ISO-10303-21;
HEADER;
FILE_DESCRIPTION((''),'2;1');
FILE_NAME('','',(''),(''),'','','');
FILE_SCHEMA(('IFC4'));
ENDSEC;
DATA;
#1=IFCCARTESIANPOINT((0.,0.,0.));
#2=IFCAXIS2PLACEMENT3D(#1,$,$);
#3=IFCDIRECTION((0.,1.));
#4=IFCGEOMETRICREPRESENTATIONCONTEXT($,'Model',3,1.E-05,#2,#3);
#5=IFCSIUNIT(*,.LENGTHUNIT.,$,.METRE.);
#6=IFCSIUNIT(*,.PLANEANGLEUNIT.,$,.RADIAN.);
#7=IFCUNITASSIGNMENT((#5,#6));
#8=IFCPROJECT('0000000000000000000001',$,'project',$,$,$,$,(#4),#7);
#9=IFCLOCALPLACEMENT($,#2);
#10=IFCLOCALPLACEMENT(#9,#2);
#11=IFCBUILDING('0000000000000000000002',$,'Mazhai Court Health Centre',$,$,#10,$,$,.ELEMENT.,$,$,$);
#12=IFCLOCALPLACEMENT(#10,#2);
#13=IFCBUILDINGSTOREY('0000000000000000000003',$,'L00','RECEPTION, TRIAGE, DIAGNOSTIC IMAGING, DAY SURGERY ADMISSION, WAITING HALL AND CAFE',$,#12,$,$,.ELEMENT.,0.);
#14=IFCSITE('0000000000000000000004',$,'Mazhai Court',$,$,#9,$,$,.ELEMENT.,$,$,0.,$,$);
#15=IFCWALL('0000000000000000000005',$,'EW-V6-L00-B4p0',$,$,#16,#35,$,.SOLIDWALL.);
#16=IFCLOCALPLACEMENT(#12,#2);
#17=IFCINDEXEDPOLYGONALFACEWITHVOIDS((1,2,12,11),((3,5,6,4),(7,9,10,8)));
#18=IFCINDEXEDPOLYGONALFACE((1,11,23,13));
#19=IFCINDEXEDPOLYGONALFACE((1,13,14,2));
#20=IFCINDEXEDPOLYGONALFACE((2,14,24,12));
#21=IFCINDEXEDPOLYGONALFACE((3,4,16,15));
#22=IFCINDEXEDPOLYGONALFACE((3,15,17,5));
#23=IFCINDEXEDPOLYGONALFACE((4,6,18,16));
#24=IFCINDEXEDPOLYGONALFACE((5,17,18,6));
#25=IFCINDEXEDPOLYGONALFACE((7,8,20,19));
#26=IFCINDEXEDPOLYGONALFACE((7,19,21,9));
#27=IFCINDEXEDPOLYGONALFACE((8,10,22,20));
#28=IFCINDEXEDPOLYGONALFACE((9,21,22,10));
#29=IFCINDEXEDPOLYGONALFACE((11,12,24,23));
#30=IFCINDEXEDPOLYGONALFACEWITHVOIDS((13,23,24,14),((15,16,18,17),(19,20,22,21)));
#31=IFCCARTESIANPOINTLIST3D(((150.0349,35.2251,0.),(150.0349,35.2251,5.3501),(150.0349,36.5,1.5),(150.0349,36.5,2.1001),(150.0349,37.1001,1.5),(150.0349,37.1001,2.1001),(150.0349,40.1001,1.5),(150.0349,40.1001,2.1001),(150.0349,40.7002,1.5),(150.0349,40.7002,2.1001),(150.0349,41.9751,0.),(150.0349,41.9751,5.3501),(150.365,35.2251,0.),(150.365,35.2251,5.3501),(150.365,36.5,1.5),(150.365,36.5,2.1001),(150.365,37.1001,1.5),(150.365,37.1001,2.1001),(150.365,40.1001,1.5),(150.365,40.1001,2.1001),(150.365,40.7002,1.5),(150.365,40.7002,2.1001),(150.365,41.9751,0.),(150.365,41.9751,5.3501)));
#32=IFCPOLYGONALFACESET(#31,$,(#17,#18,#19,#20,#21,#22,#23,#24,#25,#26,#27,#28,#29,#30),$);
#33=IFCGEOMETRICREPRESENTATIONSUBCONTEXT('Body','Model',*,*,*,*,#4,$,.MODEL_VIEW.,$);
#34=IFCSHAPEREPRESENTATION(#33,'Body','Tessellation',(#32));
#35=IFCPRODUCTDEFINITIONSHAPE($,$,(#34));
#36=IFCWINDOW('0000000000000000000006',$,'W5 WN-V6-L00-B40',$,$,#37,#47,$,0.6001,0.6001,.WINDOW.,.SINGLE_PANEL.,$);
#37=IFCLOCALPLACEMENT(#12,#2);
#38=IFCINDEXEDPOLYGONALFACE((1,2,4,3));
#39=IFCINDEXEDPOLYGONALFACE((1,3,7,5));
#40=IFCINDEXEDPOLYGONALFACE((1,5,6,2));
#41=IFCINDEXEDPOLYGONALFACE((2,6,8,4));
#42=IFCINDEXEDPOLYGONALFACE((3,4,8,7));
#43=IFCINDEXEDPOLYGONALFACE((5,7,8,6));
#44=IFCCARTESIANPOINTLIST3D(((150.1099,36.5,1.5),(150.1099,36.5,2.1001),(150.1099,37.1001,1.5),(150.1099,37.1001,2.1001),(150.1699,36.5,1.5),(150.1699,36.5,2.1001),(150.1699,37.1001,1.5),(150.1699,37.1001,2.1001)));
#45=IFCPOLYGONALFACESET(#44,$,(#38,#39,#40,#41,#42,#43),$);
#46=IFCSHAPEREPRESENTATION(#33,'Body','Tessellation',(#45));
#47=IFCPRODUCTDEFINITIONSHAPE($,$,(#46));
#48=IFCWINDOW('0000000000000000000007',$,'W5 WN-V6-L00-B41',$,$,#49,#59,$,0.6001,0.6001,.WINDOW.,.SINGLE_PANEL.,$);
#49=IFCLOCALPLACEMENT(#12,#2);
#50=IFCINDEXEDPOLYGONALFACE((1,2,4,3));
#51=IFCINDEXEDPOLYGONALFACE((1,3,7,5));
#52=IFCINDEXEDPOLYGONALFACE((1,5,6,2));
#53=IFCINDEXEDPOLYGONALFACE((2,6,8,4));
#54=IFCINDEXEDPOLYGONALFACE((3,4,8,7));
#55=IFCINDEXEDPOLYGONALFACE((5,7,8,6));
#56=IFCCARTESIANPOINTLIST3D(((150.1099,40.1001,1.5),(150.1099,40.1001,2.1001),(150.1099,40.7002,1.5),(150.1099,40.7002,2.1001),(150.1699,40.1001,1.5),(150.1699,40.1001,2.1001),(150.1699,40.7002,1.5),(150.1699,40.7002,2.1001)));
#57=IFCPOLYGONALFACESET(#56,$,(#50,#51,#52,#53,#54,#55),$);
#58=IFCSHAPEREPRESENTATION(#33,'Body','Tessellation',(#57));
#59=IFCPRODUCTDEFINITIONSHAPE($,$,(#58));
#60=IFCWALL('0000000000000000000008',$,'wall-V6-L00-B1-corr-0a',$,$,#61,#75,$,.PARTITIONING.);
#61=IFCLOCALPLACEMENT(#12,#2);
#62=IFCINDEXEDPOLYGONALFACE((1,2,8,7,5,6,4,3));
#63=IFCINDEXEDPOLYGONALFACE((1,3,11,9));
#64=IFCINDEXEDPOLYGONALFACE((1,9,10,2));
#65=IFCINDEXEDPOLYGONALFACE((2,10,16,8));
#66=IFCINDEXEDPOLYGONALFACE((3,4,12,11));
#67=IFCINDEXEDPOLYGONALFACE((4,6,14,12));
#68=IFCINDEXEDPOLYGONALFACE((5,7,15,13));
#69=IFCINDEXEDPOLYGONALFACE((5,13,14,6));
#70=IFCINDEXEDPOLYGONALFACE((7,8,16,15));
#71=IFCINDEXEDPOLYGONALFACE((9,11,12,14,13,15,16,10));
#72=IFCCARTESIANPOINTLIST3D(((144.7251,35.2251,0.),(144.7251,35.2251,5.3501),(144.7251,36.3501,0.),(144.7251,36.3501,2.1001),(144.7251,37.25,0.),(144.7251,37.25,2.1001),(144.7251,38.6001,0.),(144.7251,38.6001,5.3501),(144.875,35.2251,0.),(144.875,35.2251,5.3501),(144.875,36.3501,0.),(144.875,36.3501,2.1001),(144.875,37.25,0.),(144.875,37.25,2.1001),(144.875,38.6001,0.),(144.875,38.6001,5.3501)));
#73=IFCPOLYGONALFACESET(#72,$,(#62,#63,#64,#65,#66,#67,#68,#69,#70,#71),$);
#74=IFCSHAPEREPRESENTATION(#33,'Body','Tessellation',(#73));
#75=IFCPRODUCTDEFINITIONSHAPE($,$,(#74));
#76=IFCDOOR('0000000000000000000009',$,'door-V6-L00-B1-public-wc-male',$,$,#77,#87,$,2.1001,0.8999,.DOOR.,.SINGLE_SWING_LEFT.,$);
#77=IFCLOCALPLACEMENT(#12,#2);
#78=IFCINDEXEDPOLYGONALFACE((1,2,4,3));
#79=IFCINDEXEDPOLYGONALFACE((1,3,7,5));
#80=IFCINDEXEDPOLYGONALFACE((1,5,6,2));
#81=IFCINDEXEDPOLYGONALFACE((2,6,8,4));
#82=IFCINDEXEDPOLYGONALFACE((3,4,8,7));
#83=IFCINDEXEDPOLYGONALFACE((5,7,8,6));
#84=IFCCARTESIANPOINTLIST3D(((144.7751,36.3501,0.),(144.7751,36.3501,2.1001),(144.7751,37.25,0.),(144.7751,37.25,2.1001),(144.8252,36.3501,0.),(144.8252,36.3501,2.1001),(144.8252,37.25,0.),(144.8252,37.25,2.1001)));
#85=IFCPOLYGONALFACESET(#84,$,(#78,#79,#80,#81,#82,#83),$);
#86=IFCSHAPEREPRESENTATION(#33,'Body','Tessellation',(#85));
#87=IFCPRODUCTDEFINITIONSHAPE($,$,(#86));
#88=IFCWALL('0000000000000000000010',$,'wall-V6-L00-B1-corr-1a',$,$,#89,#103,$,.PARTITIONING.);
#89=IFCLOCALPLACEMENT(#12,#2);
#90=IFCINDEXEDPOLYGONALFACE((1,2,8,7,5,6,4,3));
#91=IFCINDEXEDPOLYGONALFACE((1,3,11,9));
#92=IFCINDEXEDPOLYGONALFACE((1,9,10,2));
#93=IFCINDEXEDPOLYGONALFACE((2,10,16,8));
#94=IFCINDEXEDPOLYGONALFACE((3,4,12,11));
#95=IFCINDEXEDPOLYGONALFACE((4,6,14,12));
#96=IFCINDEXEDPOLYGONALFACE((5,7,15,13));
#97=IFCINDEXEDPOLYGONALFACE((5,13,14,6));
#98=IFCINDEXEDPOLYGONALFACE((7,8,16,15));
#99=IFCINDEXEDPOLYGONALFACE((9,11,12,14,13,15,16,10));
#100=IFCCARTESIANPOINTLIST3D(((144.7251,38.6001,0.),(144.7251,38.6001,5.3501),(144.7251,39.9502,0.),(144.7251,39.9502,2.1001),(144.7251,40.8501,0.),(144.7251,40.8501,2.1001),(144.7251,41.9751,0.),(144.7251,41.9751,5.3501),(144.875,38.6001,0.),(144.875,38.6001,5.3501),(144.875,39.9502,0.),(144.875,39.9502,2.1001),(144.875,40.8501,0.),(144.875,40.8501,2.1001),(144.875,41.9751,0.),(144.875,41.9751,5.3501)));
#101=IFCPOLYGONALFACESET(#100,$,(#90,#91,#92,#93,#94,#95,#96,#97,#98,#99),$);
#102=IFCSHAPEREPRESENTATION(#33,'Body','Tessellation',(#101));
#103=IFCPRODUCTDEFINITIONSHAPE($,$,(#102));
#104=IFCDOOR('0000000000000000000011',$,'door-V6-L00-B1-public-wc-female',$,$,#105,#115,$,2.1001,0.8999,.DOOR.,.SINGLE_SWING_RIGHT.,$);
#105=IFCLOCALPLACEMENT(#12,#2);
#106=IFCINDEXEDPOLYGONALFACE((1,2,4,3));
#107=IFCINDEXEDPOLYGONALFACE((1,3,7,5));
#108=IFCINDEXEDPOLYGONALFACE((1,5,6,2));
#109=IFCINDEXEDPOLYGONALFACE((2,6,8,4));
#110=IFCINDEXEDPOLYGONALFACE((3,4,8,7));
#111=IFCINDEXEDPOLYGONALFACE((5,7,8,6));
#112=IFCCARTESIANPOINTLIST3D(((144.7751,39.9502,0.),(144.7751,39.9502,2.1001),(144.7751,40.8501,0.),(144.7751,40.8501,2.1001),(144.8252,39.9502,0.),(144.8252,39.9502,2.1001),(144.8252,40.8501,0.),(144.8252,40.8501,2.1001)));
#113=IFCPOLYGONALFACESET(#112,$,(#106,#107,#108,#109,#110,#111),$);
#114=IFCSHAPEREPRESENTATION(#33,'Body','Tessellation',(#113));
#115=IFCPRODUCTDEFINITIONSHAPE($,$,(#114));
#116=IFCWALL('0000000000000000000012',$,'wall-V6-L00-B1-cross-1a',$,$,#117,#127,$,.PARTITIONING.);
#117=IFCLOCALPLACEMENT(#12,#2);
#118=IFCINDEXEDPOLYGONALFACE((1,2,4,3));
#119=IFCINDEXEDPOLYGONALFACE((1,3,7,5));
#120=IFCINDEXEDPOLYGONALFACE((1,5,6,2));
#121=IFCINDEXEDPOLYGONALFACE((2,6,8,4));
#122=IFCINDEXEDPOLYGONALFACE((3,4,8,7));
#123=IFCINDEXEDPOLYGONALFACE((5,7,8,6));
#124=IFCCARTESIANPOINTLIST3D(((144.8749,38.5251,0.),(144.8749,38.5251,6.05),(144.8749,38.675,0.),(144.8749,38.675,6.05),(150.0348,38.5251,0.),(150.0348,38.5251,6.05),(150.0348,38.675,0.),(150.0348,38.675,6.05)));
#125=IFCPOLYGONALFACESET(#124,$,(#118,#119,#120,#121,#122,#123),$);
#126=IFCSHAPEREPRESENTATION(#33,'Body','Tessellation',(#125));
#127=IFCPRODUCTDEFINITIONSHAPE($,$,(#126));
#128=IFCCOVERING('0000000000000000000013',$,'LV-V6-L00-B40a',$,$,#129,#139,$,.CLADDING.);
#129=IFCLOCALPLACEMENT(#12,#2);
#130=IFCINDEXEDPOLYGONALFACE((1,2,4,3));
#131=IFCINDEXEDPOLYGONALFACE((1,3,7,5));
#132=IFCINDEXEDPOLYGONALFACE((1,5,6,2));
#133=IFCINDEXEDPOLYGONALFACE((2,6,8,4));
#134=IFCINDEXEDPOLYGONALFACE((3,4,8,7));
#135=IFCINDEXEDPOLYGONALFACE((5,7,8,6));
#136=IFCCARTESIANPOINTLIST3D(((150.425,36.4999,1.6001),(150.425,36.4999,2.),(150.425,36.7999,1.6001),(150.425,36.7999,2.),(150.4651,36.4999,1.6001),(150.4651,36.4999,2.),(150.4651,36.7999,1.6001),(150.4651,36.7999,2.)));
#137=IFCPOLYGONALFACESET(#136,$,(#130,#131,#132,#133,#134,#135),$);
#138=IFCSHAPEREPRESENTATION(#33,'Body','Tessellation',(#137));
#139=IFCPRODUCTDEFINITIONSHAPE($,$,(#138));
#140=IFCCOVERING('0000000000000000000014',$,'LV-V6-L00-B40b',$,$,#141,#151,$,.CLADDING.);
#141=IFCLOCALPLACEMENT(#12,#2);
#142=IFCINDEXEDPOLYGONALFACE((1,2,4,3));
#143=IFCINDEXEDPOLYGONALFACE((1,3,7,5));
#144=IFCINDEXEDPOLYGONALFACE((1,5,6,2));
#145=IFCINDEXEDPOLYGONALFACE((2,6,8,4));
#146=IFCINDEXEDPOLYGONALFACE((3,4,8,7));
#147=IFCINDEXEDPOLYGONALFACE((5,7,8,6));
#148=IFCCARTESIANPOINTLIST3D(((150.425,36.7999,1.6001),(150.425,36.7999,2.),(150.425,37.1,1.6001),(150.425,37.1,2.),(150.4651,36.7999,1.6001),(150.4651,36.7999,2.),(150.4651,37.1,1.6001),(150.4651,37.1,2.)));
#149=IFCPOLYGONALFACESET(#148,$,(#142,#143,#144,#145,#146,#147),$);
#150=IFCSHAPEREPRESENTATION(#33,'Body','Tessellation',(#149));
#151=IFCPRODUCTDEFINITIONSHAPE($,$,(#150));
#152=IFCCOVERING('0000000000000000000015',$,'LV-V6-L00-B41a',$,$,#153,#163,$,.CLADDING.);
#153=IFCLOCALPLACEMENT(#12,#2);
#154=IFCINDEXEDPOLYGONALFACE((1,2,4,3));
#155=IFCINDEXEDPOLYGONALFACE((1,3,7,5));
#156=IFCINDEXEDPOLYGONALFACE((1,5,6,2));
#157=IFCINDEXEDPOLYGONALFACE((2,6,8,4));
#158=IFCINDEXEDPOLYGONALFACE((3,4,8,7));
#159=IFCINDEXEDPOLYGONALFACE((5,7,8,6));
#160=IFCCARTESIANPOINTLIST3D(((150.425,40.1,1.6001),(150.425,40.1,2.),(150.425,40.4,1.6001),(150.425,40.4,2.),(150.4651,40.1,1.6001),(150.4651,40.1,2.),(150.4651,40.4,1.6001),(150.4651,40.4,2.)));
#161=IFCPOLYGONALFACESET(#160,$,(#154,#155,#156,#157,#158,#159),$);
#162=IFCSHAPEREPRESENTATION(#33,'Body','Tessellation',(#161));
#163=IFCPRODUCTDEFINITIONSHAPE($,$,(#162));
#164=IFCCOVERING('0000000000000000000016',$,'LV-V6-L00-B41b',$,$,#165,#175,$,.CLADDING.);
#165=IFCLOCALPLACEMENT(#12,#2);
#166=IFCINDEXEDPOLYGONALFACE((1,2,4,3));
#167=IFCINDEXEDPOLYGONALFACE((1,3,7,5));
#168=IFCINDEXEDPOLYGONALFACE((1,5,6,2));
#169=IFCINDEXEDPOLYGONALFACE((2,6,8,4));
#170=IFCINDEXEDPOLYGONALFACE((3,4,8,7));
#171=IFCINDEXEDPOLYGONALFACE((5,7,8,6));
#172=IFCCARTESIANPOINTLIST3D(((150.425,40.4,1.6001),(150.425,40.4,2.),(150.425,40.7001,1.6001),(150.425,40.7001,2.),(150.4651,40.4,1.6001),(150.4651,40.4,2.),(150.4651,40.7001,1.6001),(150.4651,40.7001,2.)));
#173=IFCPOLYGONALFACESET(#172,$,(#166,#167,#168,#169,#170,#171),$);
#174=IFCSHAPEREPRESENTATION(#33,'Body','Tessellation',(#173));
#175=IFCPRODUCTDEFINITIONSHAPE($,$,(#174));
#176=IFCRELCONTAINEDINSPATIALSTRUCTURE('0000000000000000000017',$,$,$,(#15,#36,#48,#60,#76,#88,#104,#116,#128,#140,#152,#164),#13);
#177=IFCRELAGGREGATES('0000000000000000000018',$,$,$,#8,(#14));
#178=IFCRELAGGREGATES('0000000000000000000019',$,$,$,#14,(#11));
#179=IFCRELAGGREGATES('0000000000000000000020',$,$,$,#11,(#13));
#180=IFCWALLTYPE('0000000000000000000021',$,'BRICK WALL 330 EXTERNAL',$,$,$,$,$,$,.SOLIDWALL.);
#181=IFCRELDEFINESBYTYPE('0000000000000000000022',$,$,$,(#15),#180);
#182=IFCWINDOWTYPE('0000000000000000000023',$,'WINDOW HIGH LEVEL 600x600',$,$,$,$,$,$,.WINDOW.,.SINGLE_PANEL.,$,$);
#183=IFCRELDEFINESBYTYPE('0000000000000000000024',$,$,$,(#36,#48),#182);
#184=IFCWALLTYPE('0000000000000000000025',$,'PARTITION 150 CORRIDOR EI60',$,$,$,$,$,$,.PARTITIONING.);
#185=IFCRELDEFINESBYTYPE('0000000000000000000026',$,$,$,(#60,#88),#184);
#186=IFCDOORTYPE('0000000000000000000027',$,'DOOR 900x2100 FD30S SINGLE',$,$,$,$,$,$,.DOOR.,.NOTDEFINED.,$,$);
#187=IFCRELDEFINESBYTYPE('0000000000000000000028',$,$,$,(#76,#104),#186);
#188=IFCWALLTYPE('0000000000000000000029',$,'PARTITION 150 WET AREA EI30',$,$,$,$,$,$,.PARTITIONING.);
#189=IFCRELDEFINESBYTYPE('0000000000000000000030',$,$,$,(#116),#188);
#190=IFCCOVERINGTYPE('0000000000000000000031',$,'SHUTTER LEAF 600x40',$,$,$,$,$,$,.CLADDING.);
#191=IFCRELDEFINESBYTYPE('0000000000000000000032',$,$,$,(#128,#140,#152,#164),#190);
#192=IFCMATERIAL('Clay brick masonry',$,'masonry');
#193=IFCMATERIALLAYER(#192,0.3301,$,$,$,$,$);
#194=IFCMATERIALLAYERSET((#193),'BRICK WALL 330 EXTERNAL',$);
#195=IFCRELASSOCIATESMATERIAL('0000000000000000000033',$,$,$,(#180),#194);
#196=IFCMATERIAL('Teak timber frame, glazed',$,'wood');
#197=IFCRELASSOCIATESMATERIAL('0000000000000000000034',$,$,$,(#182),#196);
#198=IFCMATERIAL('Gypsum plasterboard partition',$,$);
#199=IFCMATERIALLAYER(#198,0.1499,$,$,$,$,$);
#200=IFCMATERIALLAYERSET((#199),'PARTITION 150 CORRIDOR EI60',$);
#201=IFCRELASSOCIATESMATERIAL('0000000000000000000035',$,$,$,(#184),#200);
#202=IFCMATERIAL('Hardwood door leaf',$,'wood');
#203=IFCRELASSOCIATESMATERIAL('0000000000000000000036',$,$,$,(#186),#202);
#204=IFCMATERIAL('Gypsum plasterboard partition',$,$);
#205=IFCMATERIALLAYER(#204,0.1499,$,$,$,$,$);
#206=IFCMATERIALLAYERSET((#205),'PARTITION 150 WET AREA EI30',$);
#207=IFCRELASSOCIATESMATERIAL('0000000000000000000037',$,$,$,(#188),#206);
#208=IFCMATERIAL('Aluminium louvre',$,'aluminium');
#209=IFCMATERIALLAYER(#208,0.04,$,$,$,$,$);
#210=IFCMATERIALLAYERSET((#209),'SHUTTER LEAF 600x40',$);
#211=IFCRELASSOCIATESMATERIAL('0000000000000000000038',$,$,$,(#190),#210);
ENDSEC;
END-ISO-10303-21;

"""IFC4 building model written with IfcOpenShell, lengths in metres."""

from ifc_helpers import new_model, si_unit, direction, frame, frame_2d, origin, origin_2d, place, context, subcontext, project, spatial, rectangle, extrude, material, layer, layer_set, type_object, element, fill, save


model = new_model("IFC4")

# Units and contexts
model_context = context("Model", 3, precision=1e-05, world=origin(), true_north=direction((0.0, 1.0)))
body_context = subcontext(model_context, "Body", "Model", "MODEL_VIEW")
ifc_project = project(units=[si_unit("LENGTHUNIT", "METRE"), si_unit("PLANEANGLEUNIT", "RADIAN")], contexts=[model_context])

# Site, building, storey
site_placement = place(None, origin())
site = spatial("IfcSite", under=ifc_project, at=site_placement, Name="Mazhai Court", CompositionType="ELEMENT", RefElevation=0.0)
building_placement = place(site_placement, origin())
building = spatial("IfcBuilding", under=site, at=building_placement, Name="Mazhai Court Health Centre", CompositionType="ELEMENT")
storey_placement = place(building_placement, origin())
storey = spatial("IfcBuildingStorey", under=building, at=storey_placement, Name="L00", Description="RECEPTION, TRIAGE, DIAGNOSTIC IMAGING, DAY SURGERY ADMISSION, WAITING HALL AND CAFE", CompositionType="ELEMENT", Elevation=0.0)

# Wall, openings, windows
ifc_material_1 = material(Name="Clay brick masonry", Category="masonry")
ifc_layer_1 = layer(ifc_material_1, 0.3301)
ifc_layer_set_1 = layer_set([ifc_layer_1], Name="BRICK WALL 330 EXTERNAL")
wall_type_1 = type_object("IfcWallType", Name="BRICK WALL 330 EXTERNAL", PredefinedType="SOLIDWALL", material=ifc_layer_set_1)
wall_1_placement = place(storey_placement, frame((150.2, 41.9751, 0.0), z_axis=(0.0, 0.0, 1.0), x_axis=(0.0, -1.0, 0.0)))
wall_1 = element("IfcWall", 1, at=wall_1_placement, inside=storey, type_object=wall_type_1, Name="EW-V6-L00-B4p0", PredefinedType="SOLIDWALL", context=body_context, shape_type="SweptSolid", body=[
    extrude(rectangle(XDim=6.75, YDim=0.3301, at=frame_2d((3.375, 0.0))), origin(), (0.0, 0.0, 1.0), 5.3501),
])
opening_1_placement = place(wall_1_placement, frame((4.875, 0.0, 1.5)))
opening_1 = element("IfcOpeningElement", 2, at=opening_1_placement, cuts=wall_1, PredefinedType="OPENING", context=body_context, shape_type="SweptSolid", body=[
    extrude(rectangle(XDim=0.6001, YDim=0.6001, at=frame_2d((0.3, 0.3))), frame((0.0, 0.175, 0.0), z_axis=(0.0, -1.0, 0.0), x_axis=(1.0, 0.0, 0.0)), (0.0, 0.0, 1.0), 0.3501),
])
opening_2_placement = place(wall_1_placement, frame((1.2749, 0.0, 1.5)))
opening_2 = element("IfcOpeningElement", 3, at=opening_2_placement, cuts=wall_1, PredefinedType="OPENING", context=body_context, shape_type="SweptSolid", body=[
    extrude(rectangle(XDim=0.6001, YDim=0.6001, at=frame_2d((0.3, 0.3))), frame((0.0, 0.175, 0.0), z_axis=(0.0, -1.0, 0.0), x_axis=(1.0, 0.0, 0.0)), (0.0, 0.0, 1.0), 0.3501),
])
ifc_material_2 = material(Name="Teak timber frame, glazed", Category="wood")
window_type = type_object("IfcWindowType", Name="WINDOW HIGH LEVEL 600x600", PartitioningType="SINGLE_PANEL", PredefinedType="WINDOW", material=ifc_material_2)
window_1_placement = place(opening_1_placement, origin())
window_1 = element("IfcWindow", 4, at=window_1_placement, inside=storey, type_object=window_type, Name="W5 WN-V6-L00-B40", OverallHeight=0.6001, OverallWidth=0.6001, PartitioningType="SINGLE_PANEL", PredefinedType="WINDOW", context=body_context, shape_type="SweptSolid", body=[
    extrude(rectangle(XDim=0.6001, YDim=0.6001, at=frame_2d((0.3, 0.3))), frame((0.0, -0.03, 0.0), z_axis=(0.0, -1.0, 0.0), x_axis=(1.0, 0.0, 0.0)), (0.0, 0.0, 1.0), 0.0601),
])
fill(opening_1, window_1)
window_2_placement = place(opening_2_placement, origin())
window_2 = element("IfcWindow", 5, at=window_2_placement, inside=storey, type_object=window_type, Name="W5 WN-V6-L00-B41", OverallHeight=0.6001, OverallWidth=0.6001, PartitioningType="SINGLE_PANEL", PredefinedType="WINDOW", context=body_context, shape_type="SweptSolid", body=[
    extrude(rectangle(XDim=0.6001, YDim=0.6001, at=frame_2d((0.3, 0.3))), frame((0.0, -0.03, 0.0), z_axis=(0.0, -1.0, 0.0), x_axis=(1.0, 0.0, 0.0)), (0.0, 0.0, 1.0), 0.0601),
])
fill(opening_2, window_2)

# Walls, openings, doors
ifc_material_3 = material(Name="Gypsum plasterboard partition")
ifc_layer_2 = layer(ifc_material_3, 0.1499)
ifc_layer_set_2 = layer_set([ifc_layer_2], Name="PARTITION 150 CORRIDOR EI60")
wall_type_2 = type_object("IfcWallType", Name="PARTITION 150 CORRIDOR EI60", PredefinedType="PARTITIONING", material=ifc_layer_set_2)
wall_2_placement = place(storey_placement, frame((144.8, 35.2251, 0.0), z_axis=(0.0, 0.0, 1.0), x_axis=(0.0, 1.0, 0.0)))
wall_2 = element("IfcWall", 6, at=wall_2_placement, inside=storey, type_object=wall_type_2, Name="wall-V6-L00-B1-corr-0a", PredefinedType="PARTITIONING", context=body_context, shape_type="SweptSolid", body=[
    extrude(rectangle(XDim=3.375, YDim=0.1499, at=frame_2d((1.6875, 0.0))), origin(), (0.0, 0.0, 1.0), 5.3501),
])
opening_3_placement = place(wall_2_placement, frame((1.125, 0.0, 0.0)))
opening_3 = element("IfcOpeningElement", 7, at=opening_3_placement, cuts=wall_2, PredefinedType="OPENING", context=body_context, shape_type="SweptSolid", body=[
    extrude(rectangle(XDim=0.8999, YDim=2.1001, at=frame_2d((0.45, 1.05))), frame((0.0, 0.085, 0.0), z_axis=(0.0, -1.0, 0.0), x_axis=(1.0, 0.0, 0.0)), (0.0, 0.0, 1.0), 0.1699),
])
ifc_material_4 = material(Name="Hardwood door leaf", Category="wood")
door_type = type_object("IfcDoorType", Name="DOOR 900x2100 FD30S SINGLE", OperationType="NOTDEFINED", PredefinedType="DOOR", material=ifc_material_4)
door_1_placement = place(opening_3_placement, origin())
door_1 = element("IfcDoor", 8, at=door_1_placement, inside=storey, type_object=door_type, Name="door-V6-L00-B1-public-wc-male", OperationType="SINGLE_SWING_LEFT", OverallHeight=2.1001, OverallWidth=0.8999, PredefinedType="DOOR", context=body_context, shape_type="SweptSolid", body=[
    extrude(rectangle(XDim=0.8999, YDim=2.1001, at=frame_2d((0.45, 1.05))), frame((0.0, 0.0249, 0.0), z_axis=(0.0, -1.0, 0.0), x_axis=(1.0, 0.0, 0.0)), (0.0, 0.0, 1.0), 0.05),
])
fill(opening_3, door_1)
wall_3_placement = place(storey_placement, frame((144.8, 38.6001, 0.0), z_axis=(0.0, 0.0, 1.0), x_axis=(0.0, 1.0, 0.0)))
wall_3 = element("IfcWall", 9, at=wall_3_placement, inside=storey, type_object=wall_type_2, Name="wall-V6-L00-B1-corr-1a", PredefinedType="PARTITIONING", context=body_context, shape_type="SweptSolid", body=[
    extrude(rectangle(XDim=3.375, YDim=0.1499, at=frame_2d((1.6875, 0.0))), origin(), (0.0, 0.0, 1.0), 5.3501),
])
opening_4_placement = place(wall_3_placement, frame((1.3501, 0.0, 0.0)))
opening_4 = element("IfcOpeningElement", 10, at=opening_4_placement, cuts=wall_3, PredefinedType="OPENING", context=body_context, shape_type="SweptSolid", body=[
    extrude(rectangle(XDim=0.8999, YDim=2.1001, at=frame_2d((0.45, 1.05))), frame((0.0, 0.085, 0.0), z_axis=(0.0, -1.0, 0.0), x_axis=(1.0, 0.0, 0.0)), (0.0, 0.0, 1.0), 0.1699),
])
door_2_placement = place(opening_4_placement, origin())
door_2 = element("IfcDoor", 11, at=door_2_placement, inside=storey, type_object=door_type, Name="door-V6-L00-B1-public-wc-female", OperationType="SINGLE_SWING_RIGHT", OverallHeight=2.1001, OverallWidth=0.8999, PredefinedType="DOOR", context=body_context, shape_type="SweptSolid", body=[
    extrude(rectangle(XDim=0.8999, YDim=2.1001, at=frame_2d((0.45, 1.05))), frame((0.0, 0.0249, 0.0), z_axis=(0.0, -1.0, 0.0), x_axis=(1.0, 0.0, 0.0)), (0.0, 0.0, 1.0), 0.05),
])
fill(opening_4, door_2)

# Wall
ifc_material_5 = material(Name="Gypsum plasterboard partition")
ifc_layer_3 = layer(ifc_material_5, 0.1499)
ifc_layer_set_3 = layer_set([ifc_layer_3], Name="PARTITION 150 WET AREA EI30")
wall_type_3 = type_object("IfcWallType", Name="PARTITION 150 WET AREA EI30", PredefinedType="PARTITIONING", material=ifc_layer_set_3)
wall_4_placement = place(storey_placement, frame((150.0349, 38.6001, 0.0), z_axis=(0.0, 0.0, 1.0), x_axis=(-1.0, 0.0, 0.0)))
element("IfcWall", 12, at=wall_4_placement, inside=storey, type_object=wall_type_3, Name="wall-V6-L00-B1-cross-1a", PredefinedType="PARTITIONING", context=body_context, shape_type="SweptSolid", body=[
    extrude(rectangle(XDim=5.1599, YDim=0.1499, at=frame_2d((2.5801, 0.0))), origin(), (0.0, 0.0, 1.0), 6.05),
])

# Coverings
ifc_material_6 = material(Name="Aluminium louvre", Category="aluminium")
ifc_layer_4 = layer(ifc_material_6, 0.04)
ifc_layer_set_4 = layer_set([ifc_layer_4], Name="SHUTTER LEAF 600x40")
covering_type = type_object("IfcCoveringType", Name="SHUTTER LEAF 600x40", PredefinedType="CLADDING", material=ifc_layer_set_4)
for number, where, z_axis, x_axis, name in (
    (13, (150.4451, 36.6499, 1.6001), (0.0, 0.0, 1.0), (0.0, 1.0, 0.0), "LV-V6-L00-B40a"),
    (14, (150.4451, 36.95, 1.6001), (0.0, 0.0, 1.0), (0.0, 1.0, 0.0), "LV-V6-L00-B40b"),
    (15, (150.4451, 40.25, 1.6001), (0.0, 0.0, 1.0), (0.0, 1.0, 0.0), "LV-V6-L00-B41a"),
    (16, (150.4451, 40.55, 1.6001), (0.0, 0.0, 1.0), (0.0, 1.0, 0.0), "LV-V6-L00-B41b"),
):
    element("IfcCovering", number, at=place(storey_placement, frame(where, z_axis=z_axis, x_axis=x_axis)), inside=storey, type_object=covering_type, Name=name, PredefinedType="CLADDING", context=body_context, shape_type="SweptSolid", body=[
        extrude(rectangle(XDim=0.3, YDim=0.04, at=origin_2d()), origin(), (0.0, 0.0, 1.0), 0.3999),
    ])

save(model, "model.ifc")
